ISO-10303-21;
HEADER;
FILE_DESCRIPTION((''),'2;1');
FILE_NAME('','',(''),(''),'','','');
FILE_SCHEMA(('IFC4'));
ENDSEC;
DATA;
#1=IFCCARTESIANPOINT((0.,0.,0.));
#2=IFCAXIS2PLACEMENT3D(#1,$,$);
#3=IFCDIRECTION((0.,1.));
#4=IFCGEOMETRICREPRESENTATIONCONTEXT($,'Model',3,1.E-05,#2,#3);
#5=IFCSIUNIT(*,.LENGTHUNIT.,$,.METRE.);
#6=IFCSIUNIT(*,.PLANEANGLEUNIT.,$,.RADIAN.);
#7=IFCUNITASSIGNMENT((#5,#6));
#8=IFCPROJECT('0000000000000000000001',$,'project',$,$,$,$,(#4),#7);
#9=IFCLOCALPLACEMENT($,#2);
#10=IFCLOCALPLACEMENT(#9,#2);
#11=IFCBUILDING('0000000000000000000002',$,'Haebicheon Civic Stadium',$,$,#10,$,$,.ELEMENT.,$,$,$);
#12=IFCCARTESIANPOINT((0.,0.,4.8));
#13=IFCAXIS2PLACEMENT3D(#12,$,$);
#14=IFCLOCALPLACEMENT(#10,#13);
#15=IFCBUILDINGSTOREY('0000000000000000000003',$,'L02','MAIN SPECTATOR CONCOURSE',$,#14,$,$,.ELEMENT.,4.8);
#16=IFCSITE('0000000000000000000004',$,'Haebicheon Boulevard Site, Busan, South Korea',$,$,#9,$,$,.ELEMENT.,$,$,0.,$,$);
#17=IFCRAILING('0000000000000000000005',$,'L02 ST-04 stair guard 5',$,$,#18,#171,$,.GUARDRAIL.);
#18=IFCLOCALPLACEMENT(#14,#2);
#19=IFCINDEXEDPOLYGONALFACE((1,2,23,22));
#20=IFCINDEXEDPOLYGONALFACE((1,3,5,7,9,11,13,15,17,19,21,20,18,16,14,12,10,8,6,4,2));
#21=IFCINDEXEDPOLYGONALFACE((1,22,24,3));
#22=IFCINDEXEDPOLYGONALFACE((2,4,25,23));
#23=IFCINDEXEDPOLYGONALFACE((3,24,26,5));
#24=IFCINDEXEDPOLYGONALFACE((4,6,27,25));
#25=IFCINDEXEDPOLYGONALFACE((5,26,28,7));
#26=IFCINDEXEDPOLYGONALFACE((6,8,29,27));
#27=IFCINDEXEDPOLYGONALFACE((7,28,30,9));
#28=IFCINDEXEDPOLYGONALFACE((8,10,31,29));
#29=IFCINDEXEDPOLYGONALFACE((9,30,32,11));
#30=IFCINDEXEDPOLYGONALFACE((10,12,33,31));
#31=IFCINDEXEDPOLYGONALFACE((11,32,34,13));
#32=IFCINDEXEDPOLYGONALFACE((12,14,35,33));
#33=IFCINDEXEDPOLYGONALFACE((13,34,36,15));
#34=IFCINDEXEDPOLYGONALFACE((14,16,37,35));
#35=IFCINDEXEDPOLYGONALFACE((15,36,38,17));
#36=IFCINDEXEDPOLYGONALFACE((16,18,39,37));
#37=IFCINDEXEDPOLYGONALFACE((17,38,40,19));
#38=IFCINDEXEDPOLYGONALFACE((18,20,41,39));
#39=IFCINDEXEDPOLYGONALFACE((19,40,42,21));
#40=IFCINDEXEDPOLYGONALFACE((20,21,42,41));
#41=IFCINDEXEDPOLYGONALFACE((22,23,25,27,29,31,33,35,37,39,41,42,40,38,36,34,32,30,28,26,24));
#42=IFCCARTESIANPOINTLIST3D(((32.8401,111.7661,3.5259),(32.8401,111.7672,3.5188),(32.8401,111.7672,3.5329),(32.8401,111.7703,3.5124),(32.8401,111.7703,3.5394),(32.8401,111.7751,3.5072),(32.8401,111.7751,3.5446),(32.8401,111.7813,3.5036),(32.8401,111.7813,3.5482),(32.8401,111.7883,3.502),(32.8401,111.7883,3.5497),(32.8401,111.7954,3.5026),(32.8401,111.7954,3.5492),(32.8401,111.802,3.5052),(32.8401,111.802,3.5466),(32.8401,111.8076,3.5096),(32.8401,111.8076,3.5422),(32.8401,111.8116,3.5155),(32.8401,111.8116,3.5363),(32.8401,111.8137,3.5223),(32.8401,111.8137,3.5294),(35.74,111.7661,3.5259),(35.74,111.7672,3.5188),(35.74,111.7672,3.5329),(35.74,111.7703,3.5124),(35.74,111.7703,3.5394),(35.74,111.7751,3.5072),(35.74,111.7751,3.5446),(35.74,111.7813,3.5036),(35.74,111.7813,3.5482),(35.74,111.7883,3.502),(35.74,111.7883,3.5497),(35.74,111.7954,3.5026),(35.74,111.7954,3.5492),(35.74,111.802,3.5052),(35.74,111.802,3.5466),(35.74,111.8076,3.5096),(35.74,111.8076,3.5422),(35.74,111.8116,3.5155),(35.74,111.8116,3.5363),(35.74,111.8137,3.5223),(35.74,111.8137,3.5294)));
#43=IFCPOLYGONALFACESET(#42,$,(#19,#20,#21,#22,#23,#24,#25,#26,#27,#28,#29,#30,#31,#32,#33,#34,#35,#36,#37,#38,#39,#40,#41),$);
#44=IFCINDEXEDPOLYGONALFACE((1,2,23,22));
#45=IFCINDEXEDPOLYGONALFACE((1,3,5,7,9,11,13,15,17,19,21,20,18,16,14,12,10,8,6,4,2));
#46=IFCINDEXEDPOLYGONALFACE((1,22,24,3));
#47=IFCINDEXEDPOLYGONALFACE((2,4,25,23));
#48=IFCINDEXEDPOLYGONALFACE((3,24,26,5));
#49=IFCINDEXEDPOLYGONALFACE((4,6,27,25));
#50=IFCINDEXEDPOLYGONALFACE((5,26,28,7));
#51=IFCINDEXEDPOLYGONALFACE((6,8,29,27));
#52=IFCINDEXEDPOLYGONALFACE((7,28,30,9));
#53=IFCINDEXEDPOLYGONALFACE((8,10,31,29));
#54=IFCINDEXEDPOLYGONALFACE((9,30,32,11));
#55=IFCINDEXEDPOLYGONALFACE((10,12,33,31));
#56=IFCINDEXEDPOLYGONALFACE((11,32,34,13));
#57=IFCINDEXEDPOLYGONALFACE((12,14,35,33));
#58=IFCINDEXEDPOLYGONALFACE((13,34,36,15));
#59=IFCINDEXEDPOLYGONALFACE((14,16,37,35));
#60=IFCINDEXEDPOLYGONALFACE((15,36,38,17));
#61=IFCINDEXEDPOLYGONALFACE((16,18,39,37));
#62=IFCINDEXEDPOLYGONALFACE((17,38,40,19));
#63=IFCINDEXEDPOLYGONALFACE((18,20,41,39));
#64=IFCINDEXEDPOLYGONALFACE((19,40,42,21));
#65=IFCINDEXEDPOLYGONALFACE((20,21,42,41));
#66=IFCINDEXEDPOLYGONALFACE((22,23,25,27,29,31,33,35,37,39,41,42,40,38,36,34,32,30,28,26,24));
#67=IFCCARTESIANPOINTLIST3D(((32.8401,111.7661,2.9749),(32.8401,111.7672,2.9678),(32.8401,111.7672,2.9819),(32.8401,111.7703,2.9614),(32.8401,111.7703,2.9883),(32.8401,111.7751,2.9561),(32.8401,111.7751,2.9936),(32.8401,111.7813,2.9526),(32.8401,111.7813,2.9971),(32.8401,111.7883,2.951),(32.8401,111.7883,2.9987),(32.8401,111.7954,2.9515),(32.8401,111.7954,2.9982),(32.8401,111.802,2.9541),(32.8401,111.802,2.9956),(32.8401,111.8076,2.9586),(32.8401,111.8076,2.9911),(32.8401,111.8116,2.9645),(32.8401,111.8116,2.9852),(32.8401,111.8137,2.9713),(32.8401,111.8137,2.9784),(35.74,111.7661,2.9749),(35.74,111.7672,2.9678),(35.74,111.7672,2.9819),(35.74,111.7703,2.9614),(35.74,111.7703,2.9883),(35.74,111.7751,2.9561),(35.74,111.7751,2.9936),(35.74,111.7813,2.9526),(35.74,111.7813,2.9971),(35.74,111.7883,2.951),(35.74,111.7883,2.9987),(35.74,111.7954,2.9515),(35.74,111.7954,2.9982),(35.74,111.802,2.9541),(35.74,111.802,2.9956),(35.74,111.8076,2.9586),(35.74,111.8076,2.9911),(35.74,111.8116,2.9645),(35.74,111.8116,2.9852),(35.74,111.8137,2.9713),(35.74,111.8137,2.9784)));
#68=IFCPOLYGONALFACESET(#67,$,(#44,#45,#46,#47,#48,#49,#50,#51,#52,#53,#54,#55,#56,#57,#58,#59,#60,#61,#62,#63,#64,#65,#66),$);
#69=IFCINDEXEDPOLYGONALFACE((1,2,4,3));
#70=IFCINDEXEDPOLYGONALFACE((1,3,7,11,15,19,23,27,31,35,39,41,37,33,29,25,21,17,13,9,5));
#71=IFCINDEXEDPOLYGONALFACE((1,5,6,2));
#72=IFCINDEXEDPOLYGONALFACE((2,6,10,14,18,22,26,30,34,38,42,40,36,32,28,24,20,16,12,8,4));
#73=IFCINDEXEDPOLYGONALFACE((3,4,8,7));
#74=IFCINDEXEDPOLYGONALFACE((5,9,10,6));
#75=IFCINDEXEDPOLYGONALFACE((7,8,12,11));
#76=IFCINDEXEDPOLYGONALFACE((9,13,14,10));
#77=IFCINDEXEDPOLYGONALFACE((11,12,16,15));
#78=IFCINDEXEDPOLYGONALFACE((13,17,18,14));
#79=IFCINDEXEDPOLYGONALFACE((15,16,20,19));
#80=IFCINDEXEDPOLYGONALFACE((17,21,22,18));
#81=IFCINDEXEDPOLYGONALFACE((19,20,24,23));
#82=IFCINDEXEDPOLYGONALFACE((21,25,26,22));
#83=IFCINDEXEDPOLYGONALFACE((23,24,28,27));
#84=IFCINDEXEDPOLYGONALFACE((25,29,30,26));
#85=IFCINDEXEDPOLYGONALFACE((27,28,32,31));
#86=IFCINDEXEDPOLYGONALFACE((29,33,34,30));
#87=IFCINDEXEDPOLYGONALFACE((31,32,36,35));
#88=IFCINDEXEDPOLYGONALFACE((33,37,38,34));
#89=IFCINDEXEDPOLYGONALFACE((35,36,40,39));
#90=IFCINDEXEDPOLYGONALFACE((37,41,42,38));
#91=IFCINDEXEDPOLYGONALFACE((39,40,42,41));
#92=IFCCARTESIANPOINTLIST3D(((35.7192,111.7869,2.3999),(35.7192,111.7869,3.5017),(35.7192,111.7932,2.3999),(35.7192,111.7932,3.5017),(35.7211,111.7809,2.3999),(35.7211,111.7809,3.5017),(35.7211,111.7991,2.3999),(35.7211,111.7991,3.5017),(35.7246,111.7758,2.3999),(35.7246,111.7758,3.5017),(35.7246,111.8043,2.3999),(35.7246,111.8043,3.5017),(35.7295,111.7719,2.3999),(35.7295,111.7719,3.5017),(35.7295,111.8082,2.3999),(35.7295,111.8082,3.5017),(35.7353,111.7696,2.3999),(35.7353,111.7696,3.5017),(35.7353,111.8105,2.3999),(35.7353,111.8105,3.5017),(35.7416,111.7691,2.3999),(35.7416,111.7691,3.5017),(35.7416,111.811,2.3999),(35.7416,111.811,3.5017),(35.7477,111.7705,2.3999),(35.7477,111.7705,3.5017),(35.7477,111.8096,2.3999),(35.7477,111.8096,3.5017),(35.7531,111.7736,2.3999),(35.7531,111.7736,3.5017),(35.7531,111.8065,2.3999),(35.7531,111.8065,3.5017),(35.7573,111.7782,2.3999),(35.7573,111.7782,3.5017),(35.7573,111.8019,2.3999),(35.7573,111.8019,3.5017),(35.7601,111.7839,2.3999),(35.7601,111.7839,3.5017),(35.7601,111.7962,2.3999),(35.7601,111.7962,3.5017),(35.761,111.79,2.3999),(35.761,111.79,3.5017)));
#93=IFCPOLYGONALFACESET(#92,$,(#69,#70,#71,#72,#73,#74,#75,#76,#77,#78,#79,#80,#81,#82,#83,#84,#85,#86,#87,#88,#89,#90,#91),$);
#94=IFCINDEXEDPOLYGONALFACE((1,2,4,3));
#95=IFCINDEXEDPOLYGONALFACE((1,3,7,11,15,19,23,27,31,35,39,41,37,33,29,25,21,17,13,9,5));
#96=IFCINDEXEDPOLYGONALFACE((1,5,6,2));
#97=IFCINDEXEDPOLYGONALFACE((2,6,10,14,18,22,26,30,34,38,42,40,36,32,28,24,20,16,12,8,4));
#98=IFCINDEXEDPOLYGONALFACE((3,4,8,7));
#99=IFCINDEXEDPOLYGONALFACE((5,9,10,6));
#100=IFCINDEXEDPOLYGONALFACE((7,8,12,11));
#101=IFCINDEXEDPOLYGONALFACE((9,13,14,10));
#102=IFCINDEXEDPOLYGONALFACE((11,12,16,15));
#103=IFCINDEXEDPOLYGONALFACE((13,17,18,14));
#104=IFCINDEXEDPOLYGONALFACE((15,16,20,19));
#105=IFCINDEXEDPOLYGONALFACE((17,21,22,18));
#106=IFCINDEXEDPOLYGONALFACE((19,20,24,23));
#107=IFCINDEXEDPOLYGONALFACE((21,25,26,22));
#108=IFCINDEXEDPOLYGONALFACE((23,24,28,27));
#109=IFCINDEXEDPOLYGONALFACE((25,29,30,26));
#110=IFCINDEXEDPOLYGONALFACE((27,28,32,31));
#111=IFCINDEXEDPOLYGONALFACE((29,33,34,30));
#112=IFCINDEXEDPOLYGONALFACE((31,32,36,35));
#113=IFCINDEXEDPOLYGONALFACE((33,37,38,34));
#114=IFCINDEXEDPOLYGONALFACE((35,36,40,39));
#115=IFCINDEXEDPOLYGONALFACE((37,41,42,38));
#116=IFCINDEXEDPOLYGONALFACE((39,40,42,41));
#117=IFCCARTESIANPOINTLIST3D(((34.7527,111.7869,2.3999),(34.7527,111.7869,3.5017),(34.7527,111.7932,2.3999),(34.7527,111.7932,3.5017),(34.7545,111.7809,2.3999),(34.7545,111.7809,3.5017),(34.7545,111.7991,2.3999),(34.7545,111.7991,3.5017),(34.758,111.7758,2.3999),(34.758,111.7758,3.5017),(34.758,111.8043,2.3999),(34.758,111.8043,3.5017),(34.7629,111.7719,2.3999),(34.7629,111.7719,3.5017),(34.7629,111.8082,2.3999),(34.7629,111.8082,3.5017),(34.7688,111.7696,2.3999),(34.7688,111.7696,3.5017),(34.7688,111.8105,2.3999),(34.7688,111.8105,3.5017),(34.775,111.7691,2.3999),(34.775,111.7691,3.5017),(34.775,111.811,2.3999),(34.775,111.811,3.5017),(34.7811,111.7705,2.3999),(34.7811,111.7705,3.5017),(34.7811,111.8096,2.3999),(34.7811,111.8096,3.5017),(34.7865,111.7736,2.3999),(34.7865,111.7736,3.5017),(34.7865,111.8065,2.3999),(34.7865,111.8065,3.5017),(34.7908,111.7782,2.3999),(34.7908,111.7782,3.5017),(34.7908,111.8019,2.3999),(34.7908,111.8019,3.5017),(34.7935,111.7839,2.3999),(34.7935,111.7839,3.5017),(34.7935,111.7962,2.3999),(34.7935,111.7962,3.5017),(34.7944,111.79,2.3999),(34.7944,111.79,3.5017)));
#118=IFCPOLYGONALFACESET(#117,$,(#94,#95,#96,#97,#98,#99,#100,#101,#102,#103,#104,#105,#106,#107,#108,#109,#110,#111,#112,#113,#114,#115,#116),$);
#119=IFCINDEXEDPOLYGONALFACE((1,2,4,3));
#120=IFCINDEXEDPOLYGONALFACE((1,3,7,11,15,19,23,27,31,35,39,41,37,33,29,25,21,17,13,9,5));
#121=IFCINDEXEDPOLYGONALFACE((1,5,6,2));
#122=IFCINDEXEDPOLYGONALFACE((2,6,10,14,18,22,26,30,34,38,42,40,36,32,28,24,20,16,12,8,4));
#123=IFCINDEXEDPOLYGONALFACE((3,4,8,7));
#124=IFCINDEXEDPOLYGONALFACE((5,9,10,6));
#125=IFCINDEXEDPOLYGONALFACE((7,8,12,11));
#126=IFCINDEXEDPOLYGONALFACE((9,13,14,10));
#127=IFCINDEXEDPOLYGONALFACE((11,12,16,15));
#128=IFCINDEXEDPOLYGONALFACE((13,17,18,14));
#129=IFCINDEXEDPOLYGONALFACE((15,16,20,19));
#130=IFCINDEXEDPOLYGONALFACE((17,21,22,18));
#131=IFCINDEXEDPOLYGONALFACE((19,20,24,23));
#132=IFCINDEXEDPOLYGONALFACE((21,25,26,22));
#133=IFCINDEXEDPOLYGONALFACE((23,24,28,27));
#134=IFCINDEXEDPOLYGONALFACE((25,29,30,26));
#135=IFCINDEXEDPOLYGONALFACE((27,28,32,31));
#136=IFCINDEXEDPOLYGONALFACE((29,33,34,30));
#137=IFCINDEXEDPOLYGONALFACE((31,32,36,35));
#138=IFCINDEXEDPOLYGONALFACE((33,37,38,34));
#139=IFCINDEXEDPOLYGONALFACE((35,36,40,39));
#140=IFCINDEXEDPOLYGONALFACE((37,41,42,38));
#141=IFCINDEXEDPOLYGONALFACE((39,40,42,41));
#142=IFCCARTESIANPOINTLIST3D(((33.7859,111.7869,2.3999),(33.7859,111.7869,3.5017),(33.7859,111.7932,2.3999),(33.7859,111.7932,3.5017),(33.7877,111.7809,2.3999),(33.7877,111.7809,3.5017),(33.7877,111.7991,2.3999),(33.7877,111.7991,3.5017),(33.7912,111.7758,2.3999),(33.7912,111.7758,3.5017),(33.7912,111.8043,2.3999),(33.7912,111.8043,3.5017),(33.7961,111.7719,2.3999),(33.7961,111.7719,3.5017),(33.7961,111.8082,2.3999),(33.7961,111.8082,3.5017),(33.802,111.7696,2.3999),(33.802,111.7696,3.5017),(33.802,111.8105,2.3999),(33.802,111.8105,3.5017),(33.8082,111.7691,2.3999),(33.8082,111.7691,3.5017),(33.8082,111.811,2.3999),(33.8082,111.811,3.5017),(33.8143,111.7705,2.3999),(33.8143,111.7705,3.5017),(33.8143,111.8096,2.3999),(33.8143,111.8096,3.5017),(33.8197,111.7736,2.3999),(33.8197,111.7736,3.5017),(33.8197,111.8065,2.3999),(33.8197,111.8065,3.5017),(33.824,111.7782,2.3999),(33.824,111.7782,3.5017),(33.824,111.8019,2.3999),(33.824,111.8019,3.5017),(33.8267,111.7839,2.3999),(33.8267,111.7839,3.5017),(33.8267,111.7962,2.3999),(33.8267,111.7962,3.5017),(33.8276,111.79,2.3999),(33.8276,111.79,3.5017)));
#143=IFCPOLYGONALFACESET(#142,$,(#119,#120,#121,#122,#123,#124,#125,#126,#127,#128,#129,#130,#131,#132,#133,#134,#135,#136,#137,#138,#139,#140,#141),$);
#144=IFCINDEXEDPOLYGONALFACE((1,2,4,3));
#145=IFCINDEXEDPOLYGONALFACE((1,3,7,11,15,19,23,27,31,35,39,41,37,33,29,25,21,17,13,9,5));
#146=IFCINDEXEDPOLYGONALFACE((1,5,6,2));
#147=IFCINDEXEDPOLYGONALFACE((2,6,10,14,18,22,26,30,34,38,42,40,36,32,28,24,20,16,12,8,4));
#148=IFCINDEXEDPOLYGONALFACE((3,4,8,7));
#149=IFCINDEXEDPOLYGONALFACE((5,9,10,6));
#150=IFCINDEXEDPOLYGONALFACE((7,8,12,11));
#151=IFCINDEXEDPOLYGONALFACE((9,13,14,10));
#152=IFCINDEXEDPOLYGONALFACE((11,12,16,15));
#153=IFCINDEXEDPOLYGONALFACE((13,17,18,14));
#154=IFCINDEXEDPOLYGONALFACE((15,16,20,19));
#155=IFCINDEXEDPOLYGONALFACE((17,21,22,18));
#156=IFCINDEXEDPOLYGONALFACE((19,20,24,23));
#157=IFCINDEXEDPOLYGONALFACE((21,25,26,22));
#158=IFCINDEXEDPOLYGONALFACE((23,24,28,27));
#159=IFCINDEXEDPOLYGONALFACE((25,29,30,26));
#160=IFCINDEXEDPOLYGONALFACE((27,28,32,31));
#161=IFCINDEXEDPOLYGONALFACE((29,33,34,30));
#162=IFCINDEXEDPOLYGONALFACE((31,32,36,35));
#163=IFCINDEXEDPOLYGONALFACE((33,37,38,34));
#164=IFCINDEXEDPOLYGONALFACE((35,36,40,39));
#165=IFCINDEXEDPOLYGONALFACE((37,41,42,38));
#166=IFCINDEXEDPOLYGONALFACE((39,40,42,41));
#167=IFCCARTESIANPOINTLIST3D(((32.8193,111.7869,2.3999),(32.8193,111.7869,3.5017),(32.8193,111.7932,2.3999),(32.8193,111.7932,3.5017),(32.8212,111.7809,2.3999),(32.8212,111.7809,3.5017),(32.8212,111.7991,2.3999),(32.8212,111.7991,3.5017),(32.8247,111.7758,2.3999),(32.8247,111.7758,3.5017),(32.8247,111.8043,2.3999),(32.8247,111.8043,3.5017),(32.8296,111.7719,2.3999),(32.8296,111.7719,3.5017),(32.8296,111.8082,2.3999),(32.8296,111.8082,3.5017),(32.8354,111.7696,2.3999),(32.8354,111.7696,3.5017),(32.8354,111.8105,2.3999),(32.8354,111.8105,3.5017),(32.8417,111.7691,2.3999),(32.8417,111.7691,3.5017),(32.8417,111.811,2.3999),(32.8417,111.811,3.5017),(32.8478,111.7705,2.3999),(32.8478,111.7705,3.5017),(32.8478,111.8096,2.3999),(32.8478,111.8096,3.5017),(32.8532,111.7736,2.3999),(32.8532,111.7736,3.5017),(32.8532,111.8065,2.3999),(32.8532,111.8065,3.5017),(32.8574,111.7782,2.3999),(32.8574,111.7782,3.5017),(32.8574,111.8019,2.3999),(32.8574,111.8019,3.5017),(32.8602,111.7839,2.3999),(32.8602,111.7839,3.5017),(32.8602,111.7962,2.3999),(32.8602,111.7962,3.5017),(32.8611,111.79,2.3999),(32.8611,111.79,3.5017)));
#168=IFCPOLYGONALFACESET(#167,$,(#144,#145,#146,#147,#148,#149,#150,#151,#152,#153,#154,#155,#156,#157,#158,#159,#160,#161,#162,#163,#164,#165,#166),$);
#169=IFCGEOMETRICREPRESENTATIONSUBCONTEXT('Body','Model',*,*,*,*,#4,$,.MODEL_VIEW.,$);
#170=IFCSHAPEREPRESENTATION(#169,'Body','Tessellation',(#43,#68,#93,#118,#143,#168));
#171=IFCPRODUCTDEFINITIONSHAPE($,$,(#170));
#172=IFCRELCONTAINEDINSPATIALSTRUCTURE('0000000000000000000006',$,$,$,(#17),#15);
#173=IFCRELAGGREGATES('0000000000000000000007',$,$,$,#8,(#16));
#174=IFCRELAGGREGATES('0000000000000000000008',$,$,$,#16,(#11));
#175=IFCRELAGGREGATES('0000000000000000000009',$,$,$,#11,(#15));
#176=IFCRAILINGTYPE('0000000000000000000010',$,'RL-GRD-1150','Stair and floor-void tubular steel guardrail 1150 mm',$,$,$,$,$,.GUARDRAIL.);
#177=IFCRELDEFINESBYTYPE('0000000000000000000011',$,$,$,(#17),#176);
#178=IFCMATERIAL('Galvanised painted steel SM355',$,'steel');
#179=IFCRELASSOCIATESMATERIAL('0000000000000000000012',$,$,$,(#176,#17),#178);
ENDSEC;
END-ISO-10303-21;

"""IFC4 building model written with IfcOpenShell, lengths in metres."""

from ifc_helpers import new_model, si_unit, direction, frame, origin, origin_2d, place, context, subcontext, project, spatial, circle, extrude, material, type_object, element, save


model = new_model("IFC4")

# Units and contexts
model_context = context("Model", 3, precision=1e-05, world=origin(), true_north=direction((0.0, 1.0)))
body_context = subcontext(model_context, "Body", "Model", "MODEL_VIEW")
ifc_project = project(units=[si_unit("LENGTHUNIT", "METRE"), si_unit("PLANEANGLEUNIT", "RADIAN")], contexts=[model_context])

# Site, building, storey
site_placement = place(None, origin())
site = spatial("IfcSite", under=ifc_project, at=site_placement, Name="Haebicheon Boulevard Site, Busan, South Korea", CompositionType="ELEMENT", RefElevation=0.0)
building_placement = place(site_placement, origin())
building = spatial("IfcBuilding", under=site, at=building_placement, Name="Haebicheon Civic Stadium", CompositionType="ELEMENT")
storey_placement = place(building_placement, frame((0.0, 0.0, 4.8)))
storey = spatial("IfcBuildingStorey", under=building, at=storey_placement, Name="L02", Description="MAIN SPECTATOR CONCOURSE", CompositionType="ELEMENT", Elevation=4.8)

# Railing
ifc_material_1 = material(Name="Galvanised painted steel SM355", Category="steel")
railing_type_1 = type_object("IfcRailingType", Name="RL-GRD-1150", Description="Stair and floor-void tubular steel guardrail 1150 mm", PredefinedType="GUARDRAIL", material=ifc_material_1)
railing_1_placement = place(storey_placement, frame((35.74, 111.79, 2.3999)))
element("IfcRailing", 1, at=railing_1_placement, inside=storey, type_object=railing_type_1, material=ifc_material_1, Name="L02 ST-04 stair guard 5", PredefinedType="GUARDRAIL", context=body_context, shape_type="SweptSolid", body=[
    extrude(circle(Radius=0.0239, at=origin_2d()), frame((0.0, 0.0, 1.126), z_axis=(-1.0, 0.0, 0.0), x_axis=(0.0, -1.0, 0.0)), (0.0, 0.0, 1.0), 2.8999),
    extrude(circle(Radius=0.0239, at=origin_2d()), frame((0.0, 0.0, 0.575), z_axis=(-1.0, 0.0, 0.0), x_axis=(0.0, -1.0, 0.0)), (0.0, 0.0, 1.0), 2.8999),
    extrude(circle(Radius=0.021, at=origin_2d()), origin(), (0.0, 0.0, 1.0), 1.1018),
    extrude(circle(Radius=0.021, at=origin_2d()), frame((-0.9666, 0.0, 0.0)), (0.0, 0.0, 1.0), 1.1018),
    extrude(circle(Radius=0.021, at=origin_2d()), frame((-1.9333, 0.0, 0.0)), (0.0, 0.0, 1.0), 1.1018),
    extrude(circle(Radius=0.021, at=origin_2d()), frame((-2.8999, 0.0, 0.0)), (0.0, 0.0, 1.0), 1.1018),
])

save(model, "model.ifc")
